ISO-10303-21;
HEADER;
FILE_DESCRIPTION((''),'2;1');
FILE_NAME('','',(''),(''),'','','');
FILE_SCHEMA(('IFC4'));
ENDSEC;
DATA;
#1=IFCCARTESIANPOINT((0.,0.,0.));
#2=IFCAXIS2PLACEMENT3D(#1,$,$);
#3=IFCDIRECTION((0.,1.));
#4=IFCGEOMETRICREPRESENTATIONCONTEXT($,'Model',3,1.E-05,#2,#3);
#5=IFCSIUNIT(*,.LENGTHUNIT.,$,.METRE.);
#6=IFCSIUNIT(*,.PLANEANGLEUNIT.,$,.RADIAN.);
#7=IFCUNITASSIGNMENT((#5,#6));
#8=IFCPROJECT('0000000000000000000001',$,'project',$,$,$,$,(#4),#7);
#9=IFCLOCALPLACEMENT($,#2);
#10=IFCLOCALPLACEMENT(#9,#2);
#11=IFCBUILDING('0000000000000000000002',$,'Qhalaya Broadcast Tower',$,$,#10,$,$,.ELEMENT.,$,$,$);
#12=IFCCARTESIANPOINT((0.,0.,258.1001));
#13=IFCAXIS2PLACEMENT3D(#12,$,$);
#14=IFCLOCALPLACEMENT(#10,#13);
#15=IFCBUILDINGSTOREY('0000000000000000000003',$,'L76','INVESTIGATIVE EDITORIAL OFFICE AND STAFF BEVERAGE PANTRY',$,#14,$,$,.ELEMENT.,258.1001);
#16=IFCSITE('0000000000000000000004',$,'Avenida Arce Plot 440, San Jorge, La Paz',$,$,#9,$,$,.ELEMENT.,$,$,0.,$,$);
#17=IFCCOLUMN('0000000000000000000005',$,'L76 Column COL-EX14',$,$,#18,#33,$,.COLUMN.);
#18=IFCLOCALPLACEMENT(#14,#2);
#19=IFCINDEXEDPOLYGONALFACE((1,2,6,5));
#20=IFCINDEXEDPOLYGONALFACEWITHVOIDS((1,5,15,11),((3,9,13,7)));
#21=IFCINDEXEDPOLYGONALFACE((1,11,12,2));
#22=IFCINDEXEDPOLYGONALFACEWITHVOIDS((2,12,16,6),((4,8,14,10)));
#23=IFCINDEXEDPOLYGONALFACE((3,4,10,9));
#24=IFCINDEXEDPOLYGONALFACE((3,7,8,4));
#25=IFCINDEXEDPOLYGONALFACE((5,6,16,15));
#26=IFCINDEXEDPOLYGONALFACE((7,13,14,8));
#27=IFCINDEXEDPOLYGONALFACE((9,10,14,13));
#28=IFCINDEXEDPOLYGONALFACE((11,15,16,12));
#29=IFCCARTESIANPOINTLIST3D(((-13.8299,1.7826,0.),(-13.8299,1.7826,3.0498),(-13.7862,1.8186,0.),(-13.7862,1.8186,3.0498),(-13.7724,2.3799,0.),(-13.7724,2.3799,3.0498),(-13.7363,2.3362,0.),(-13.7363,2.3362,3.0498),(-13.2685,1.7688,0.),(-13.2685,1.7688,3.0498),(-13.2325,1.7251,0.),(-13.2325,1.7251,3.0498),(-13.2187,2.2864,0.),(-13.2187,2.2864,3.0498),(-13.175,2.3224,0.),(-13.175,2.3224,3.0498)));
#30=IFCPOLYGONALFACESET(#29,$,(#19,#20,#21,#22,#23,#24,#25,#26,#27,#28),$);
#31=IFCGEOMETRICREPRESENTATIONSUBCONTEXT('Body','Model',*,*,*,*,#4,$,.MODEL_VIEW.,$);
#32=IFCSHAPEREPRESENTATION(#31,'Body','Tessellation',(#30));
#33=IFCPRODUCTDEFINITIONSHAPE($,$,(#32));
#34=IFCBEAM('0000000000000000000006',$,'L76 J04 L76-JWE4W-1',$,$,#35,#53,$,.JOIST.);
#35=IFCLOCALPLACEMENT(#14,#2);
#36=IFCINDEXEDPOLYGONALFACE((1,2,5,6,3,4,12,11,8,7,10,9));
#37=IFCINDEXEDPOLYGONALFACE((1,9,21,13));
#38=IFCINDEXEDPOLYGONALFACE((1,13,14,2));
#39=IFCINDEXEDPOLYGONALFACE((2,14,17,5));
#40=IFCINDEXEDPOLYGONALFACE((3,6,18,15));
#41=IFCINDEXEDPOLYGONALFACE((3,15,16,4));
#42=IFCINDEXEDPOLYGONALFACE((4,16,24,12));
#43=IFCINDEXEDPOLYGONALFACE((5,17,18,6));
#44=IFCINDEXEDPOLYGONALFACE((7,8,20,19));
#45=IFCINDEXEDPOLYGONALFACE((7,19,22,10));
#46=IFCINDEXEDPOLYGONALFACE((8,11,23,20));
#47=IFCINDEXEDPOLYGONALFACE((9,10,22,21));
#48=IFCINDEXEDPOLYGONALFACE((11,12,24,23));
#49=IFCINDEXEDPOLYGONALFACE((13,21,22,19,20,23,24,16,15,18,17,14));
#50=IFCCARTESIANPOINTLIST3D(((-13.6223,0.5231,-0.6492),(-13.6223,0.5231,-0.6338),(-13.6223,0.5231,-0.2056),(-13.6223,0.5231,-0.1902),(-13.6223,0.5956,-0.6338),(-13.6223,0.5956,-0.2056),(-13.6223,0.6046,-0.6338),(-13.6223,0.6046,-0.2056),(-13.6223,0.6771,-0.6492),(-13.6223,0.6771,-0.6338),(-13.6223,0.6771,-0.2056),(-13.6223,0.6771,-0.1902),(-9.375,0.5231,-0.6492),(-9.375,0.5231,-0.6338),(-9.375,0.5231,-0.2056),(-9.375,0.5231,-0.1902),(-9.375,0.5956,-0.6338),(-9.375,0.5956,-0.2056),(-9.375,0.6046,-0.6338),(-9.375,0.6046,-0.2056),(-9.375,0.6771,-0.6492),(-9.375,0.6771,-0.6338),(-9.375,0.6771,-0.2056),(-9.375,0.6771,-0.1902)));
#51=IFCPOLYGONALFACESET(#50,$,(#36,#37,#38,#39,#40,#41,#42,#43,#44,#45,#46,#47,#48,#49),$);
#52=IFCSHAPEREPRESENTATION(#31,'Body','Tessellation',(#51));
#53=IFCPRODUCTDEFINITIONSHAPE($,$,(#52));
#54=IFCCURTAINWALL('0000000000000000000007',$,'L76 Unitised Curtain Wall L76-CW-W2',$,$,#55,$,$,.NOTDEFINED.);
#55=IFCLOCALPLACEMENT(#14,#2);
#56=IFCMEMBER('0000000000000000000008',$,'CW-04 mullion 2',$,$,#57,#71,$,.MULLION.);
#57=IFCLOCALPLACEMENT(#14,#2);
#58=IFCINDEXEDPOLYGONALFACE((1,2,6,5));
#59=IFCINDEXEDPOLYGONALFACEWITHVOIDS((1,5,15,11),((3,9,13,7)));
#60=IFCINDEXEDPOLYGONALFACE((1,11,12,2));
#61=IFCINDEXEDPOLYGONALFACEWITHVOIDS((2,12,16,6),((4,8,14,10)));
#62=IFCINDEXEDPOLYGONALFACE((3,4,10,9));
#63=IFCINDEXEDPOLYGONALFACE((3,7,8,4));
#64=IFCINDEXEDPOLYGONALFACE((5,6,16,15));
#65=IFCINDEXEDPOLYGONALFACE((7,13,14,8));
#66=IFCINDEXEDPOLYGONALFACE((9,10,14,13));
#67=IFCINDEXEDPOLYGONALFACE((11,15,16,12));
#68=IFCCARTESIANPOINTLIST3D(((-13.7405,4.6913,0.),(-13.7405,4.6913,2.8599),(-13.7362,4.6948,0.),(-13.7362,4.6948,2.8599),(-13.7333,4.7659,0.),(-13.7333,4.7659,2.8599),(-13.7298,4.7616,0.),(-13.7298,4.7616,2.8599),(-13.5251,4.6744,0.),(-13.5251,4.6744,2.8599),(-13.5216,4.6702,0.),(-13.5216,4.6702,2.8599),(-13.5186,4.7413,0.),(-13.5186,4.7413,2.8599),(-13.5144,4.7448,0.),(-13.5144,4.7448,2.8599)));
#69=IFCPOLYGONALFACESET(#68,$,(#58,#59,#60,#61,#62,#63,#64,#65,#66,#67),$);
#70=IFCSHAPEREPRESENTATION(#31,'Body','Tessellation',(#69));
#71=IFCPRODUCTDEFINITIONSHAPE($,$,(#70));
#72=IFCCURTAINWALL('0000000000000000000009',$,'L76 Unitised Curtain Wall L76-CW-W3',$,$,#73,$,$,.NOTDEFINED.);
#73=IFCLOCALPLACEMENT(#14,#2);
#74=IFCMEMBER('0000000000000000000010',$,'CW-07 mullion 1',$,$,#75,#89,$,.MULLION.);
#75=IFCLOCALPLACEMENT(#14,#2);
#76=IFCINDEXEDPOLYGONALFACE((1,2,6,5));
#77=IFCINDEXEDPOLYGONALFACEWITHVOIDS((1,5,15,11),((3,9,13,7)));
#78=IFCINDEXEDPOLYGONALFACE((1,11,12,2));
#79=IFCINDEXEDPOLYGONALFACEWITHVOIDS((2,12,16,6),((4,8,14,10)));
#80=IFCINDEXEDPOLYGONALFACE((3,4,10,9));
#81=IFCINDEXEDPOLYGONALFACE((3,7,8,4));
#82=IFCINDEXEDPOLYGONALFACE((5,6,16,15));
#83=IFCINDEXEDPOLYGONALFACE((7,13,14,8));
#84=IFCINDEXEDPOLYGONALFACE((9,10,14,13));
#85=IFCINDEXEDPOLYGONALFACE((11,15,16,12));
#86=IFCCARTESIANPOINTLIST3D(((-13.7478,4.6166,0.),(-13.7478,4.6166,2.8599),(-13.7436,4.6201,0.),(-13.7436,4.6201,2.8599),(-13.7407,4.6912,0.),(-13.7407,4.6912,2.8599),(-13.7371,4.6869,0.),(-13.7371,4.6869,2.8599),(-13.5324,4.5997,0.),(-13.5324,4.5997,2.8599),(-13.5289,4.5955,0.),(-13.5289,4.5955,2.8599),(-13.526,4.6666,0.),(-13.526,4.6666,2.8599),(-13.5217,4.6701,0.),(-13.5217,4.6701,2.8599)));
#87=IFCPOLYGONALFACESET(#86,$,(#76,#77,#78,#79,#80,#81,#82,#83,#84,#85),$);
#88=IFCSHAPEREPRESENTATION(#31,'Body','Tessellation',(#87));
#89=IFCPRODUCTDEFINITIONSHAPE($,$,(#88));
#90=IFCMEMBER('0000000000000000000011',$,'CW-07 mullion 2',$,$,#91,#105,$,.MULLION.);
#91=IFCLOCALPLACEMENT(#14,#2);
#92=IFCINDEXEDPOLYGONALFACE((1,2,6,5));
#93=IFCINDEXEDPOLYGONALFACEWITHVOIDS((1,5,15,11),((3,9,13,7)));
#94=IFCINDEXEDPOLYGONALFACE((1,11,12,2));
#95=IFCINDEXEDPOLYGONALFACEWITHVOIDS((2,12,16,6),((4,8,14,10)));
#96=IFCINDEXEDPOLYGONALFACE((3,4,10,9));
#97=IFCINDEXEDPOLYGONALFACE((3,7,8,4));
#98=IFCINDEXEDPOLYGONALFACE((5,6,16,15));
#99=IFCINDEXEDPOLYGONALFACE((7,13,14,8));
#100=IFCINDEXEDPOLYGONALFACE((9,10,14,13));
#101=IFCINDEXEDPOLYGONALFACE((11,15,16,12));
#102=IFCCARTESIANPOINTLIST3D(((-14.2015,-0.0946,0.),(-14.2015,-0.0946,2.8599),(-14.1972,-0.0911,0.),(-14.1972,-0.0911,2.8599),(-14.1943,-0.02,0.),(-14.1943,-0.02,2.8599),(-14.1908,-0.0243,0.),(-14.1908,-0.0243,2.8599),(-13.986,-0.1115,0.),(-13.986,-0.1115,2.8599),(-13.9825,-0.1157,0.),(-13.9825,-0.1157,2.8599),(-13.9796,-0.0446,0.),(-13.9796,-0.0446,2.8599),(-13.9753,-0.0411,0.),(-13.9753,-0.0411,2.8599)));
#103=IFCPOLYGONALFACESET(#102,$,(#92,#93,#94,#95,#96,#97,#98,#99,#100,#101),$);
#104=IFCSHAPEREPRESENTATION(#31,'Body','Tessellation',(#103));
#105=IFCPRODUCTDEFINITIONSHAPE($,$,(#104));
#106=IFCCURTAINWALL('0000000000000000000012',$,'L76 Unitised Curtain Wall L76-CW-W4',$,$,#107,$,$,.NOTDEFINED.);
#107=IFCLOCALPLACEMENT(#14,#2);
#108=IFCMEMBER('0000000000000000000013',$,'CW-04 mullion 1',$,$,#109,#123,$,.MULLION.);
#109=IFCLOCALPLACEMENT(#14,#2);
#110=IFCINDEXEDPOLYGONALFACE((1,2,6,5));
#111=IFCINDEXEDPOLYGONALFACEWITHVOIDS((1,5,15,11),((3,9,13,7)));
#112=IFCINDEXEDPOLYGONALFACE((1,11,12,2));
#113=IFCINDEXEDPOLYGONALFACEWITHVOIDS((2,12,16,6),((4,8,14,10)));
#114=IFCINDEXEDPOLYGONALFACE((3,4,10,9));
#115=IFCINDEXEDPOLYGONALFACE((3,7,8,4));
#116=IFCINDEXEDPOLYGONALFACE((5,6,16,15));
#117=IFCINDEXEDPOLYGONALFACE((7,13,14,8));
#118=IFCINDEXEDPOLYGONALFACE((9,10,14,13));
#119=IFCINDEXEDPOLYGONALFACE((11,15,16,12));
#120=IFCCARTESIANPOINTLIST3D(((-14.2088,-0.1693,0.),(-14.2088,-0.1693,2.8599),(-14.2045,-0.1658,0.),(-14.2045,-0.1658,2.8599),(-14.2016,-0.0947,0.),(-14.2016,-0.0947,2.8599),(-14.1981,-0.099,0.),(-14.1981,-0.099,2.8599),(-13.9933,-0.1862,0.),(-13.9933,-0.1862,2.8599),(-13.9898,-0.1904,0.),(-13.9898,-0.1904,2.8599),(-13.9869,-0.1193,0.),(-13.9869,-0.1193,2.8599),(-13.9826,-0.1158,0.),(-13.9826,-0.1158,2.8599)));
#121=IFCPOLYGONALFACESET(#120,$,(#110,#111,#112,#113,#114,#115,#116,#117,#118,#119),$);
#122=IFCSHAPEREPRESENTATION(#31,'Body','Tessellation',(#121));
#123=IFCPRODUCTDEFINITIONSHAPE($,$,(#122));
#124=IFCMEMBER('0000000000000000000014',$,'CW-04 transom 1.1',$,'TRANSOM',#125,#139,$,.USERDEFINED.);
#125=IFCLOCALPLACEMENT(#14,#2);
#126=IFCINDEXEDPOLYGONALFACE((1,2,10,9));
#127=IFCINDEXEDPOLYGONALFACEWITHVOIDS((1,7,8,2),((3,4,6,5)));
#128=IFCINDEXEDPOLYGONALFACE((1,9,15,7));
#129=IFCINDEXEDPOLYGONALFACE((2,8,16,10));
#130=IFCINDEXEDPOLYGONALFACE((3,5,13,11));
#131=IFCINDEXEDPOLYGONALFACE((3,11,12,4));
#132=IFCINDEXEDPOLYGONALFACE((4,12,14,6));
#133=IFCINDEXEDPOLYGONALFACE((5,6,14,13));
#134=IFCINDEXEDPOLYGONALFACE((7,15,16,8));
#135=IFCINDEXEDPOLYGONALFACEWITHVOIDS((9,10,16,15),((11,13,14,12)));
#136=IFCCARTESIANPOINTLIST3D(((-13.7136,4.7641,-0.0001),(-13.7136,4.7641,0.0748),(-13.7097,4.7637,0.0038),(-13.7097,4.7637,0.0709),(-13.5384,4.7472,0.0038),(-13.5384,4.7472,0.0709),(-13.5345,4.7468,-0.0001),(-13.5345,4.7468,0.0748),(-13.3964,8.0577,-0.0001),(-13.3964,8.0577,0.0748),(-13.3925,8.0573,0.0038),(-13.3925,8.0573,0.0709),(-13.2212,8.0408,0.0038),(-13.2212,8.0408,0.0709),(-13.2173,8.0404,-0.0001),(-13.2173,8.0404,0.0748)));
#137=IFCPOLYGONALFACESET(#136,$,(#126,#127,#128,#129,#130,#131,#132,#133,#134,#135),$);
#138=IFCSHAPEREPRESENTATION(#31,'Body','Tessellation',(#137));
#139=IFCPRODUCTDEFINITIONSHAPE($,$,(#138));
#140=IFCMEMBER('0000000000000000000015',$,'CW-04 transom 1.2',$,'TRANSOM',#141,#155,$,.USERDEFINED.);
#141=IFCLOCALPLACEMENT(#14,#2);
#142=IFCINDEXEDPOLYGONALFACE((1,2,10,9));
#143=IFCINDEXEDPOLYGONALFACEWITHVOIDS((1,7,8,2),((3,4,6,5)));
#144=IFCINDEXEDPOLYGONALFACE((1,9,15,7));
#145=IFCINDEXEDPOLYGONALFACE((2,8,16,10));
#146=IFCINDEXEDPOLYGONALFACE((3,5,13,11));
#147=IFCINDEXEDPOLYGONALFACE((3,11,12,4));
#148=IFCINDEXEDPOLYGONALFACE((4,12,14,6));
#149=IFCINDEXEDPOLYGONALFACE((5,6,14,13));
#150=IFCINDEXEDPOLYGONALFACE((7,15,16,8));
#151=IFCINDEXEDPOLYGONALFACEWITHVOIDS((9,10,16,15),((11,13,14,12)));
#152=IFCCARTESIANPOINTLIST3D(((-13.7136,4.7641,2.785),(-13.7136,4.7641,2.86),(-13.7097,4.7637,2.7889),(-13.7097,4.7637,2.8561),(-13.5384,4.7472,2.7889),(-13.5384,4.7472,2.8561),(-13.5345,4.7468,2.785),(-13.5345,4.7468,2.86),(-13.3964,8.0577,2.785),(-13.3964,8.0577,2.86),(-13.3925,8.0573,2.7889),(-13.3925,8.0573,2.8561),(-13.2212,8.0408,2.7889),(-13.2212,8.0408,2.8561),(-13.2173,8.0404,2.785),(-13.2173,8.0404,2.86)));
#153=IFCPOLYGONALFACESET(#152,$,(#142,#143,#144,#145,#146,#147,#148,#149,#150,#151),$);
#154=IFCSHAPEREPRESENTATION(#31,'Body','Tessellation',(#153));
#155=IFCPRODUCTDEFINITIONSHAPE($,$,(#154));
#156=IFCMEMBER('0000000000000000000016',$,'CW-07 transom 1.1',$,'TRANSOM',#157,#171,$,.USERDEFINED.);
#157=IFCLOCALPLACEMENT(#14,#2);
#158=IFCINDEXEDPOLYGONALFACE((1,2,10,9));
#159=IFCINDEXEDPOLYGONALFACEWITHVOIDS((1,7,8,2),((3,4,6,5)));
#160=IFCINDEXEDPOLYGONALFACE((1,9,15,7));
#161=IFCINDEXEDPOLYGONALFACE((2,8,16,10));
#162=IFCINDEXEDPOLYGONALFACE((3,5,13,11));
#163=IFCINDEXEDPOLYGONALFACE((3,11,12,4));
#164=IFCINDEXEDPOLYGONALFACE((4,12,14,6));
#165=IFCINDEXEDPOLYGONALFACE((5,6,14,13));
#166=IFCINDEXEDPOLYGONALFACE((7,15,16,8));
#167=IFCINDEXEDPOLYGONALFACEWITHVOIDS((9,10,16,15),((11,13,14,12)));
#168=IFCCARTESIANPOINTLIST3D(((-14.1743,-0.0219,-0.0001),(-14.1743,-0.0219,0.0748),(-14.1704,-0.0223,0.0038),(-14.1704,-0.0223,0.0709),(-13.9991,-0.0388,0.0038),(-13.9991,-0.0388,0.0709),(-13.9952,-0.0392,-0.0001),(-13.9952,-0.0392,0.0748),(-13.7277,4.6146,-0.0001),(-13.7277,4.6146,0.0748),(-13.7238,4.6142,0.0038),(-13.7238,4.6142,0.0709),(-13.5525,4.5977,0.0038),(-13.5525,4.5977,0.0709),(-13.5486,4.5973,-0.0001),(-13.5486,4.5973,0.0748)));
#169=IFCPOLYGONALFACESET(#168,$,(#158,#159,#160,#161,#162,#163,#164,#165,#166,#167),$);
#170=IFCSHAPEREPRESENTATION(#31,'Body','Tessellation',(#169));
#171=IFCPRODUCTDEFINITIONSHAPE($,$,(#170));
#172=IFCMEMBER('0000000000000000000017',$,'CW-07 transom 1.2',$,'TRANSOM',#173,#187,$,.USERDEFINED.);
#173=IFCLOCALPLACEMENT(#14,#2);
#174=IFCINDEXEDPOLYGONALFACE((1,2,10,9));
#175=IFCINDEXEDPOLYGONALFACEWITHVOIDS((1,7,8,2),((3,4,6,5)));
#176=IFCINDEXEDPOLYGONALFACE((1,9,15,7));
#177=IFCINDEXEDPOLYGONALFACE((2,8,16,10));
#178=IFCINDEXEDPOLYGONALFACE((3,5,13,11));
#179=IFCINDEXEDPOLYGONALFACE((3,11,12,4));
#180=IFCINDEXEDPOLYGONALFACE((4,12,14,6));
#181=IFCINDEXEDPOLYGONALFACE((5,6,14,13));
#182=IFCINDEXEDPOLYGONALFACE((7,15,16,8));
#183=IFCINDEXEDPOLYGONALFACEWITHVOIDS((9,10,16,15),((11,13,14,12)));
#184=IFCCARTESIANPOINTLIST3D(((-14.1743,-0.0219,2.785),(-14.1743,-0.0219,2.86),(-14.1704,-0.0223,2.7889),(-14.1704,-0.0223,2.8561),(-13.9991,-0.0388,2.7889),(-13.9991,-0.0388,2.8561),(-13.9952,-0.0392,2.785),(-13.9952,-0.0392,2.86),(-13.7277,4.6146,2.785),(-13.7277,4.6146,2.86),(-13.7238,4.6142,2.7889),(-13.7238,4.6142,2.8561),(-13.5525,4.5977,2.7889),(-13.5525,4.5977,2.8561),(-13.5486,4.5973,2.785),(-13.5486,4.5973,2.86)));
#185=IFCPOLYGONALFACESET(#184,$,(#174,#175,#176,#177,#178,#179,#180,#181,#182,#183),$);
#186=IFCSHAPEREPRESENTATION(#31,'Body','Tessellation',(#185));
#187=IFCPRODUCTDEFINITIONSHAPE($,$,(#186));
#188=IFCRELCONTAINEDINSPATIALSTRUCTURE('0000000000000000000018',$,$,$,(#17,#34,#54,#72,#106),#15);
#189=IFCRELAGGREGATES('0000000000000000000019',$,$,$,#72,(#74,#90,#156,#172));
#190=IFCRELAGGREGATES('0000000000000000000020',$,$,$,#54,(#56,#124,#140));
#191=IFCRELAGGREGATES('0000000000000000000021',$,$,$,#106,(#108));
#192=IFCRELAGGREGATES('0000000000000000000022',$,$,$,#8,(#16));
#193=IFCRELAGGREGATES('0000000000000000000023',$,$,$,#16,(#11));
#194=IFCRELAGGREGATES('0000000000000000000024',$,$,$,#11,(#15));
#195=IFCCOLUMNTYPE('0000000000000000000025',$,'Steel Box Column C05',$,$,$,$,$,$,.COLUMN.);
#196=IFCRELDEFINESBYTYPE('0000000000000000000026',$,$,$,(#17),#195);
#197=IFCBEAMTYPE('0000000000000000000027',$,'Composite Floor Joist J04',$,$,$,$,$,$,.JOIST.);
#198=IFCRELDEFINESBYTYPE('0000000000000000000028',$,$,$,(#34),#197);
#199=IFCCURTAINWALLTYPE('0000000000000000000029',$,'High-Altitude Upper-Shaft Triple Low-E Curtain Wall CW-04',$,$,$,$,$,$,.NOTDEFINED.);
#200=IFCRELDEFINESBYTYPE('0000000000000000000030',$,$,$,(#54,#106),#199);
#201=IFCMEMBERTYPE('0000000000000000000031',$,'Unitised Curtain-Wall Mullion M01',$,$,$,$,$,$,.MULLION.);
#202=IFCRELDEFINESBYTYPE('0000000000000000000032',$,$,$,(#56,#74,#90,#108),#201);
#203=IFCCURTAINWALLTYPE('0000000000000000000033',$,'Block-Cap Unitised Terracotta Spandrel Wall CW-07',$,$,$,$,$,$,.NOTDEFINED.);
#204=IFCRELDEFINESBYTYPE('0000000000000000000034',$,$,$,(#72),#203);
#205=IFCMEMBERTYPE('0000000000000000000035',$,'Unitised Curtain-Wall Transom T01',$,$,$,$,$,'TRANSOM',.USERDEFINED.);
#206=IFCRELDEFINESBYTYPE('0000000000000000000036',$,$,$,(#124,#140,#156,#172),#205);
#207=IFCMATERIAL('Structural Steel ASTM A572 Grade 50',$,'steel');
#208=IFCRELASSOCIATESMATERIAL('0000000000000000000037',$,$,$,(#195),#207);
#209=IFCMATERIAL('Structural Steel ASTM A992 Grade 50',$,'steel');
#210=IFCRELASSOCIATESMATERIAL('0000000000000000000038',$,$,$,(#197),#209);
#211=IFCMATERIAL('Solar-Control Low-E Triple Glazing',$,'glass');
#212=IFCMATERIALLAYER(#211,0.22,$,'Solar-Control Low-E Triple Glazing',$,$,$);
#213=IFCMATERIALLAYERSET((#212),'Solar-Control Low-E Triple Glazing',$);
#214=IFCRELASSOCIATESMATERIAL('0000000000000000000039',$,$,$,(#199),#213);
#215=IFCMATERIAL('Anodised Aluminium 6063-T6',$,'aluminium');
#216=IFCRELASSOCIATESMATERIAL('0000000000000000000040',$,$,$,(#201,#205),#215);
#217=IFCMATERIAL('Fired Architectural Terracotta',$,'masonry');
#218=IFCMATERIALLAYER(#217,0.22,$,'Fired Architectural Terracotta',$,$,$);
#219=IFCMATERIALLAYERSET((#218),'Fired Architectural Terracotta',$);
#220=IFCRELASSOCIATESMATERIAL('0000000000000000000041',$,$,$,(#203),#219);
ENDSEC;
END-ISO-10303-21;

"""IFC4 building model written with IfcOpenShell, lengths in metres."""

from ifc_helpers import new_model, si_unit, direction, frame, origin, origin_2d, place, context, subcontext, project, spatial, hollow_rectangle, i_section, extrude, material, layer, layer_set, material_profile, profile_set, type_object, element, aggregate, save


model = new_model("IFC4")

# Units and contexts
model_context = context("Model", 3, precision=1e-05, world=origin(), true_north=direction((0.0, 1.0)))
body_context = subcontext(model_context, "Body", "Model", "MODEL_VIEW")
ifc_project = project(units=[si_unit("LENGTHUNIT", "METRE"), si_unit("PLANEANGLEUNIT", "RADIAN")], contexts=[model_context])

# Site, building, storey
site_placement = place(None, origin())
site = spatial("IfcSite", under=ifc_project, at=site_placement, Name="Avenida Arce Plot 440, San Jorge, La Paz", CompositionType="ELEMENT", RefElevation=0.0)
building_placement = place(site_placement, origin())
building = spatial("IfcBuilding", under=site, at=building_placement, Name="Qhalaya Broadcast Tower", CompositionType="ELEMENT")
storey_placement = place(building_placement, frame((0.0, 0.0, 258.1001)))
storey = spatial("IfcBuildingStorey", under=building, at=storey_placement, Name="L76", Description="INVESTIGATIVE EDITORIAL OFFICE AND STAFF BEVERAGE PANTRY", CompositionType="ELEMENT", Elevation=258.1001)

# Column
ifc_material_1 = material(Name="Structural Steel ASTM A572 Grade 50", Category="steel")
ifc_material_profile_1 = material_profile(ifc_material_1, hollow_rectangle(XDim=0.6001, YDim=0.6001, WallThickness=0.04, at=origin_2d()), Name="BOX 600x600x40")
ifc_profile_set_1 = profile_set([ifc_material_profile_1], Name="Structural Steel ASTM A572 Grade 50")
column_type = type_object("IfcColumnType", Name="Steel Box Column C05", PredefinedType="COLUMN", material=ifc_profile_set_1)
column_placement = place(storey_placement, frame((-13.5024, 2.0525, 0.0), z_axis=(0.0, 0.0, 1.0), x_axis=(0.095846, 0.995396, 0.0)))
element("IfcColumn", 1, at=column_placement, inside=storey, type_object=column_type, Name="L76 Column COL-EX14", PredefinedType="COLUMN", context=body_context, shape_type="SweptSolid", body=[
    extrude(hollow_rectangle(XDim=0.6001, YDim=0.6001, WallThickness=0.04, at=origin_2d()), origin(), (0.0, 0.0, 1.0), 3.0498),
])

# Beam
ifc_material_2 = material(Name="Structural Steel ASTM A992 Grade 50", Category="steel")
ifc_material_profile_2 = material_profile(ifc_material_2, i_section(OverallWidth=0.1541, OverallDepth=0.459, WebThickness=0.009, FlangeThickness=0.0154, at=origin_2d()), Name="W18X46")
ifc_profile_set_2 = profile_set([ifc_material_profile_2], Name="Structural Steel ASTM A992 Grade 50")
beam_type_1 = type_object("IfcBeamType", Name="Composite Floor Joist J04", PredefinedType="JOIST", material=ifc_profile_set_2)
beam_1_placement = place(storey_placement, frame((-13.6223, 0.6001, -0.4197), z_axis=(1.0, 0.0, 0.0), x_axis=(0.0, 1.0, 0.0)))
element("IfcBeam", 2, at=beam_1_placement, inside=storey, type_object=beam_type_1, Name="L76 J04 L76-JWE4W-1", PredefinedType="JOIST", context=body_context, shape_type="SweptSolid", body=[
    extrude(i_section(OverallWidth=0.1541, OverallDepth=0.459, WebThickness=0.009, FlangeThickness=0.0154, at=origin_2d()), origin(), (0.0, 0.0, 1.0), 4.2473),
])

# Curtain wall, member
ifc_material_3 = material(Name="Solar-Control Low-E Triple Glazing", Category="glass")
ifc_layer_1 = layer(ifc_material_3, 0.22, Name="Solar-Control Low-E Triple Glazing")
ifc_layer_set_1 = layer_set([ifc_layer_1], Name="Solar-Control Low-E Triple Glazing")
curtain_wall_type_1 = type_object("IfcCurtainWallType", Name="High-Altitude Upper-Shaft Triple Low-E Curtain Wall CW-04", PredefinedType="NOTDEFINED", material=ifc_layer_set_1)
curtain_wall_1_placement = place(storey_placement, origin())
curtain_wall_1 = element("IfcCurtainWall", 3, at=curtain_wall_1_placement, inside=storey, type_object=curtain_wall_type_1, Name="L76 Unitised Curtain Wall L76-CW-W2", PredefinedType="NOTDEFINED")
ifc_material_4 = material(Name="Anodised Aluminium 6063-T6", Category="aluminium")
ifc_material_profile_3 = material_profile(ifc_material_4, hollow_rectangle(XDim=0.075, YDim=0.22, WallThickness=0.0039, at=origin_2d()), Name="ALU-MUL 75x220x4")
ifc_profile_set_3 = profile_set([ifc_material_profile_3], Name="Anodised Aluminium 6063-T6")
member_type_1 = type_object("IfcMemberType", Name="Unitised Curtain-Wall Mullion M01", PredefinedType="MULLION", material=ifc_profile_set_3)
member_1_placement = place(storey_placement, frame((-13.6274, 4.718, 0.0), z_axis=(0.0, 0.0, 1.0), x_axis=(-0.095836, -0.995397, 0.0)))
member_1 = element("IfcMember", 4, at=member_1_placement, type_object=member_type_1, Name="CW-04 mullion 2", PredefinedType="MULLION", context=body_context, shape_type="SweptSolid", body=[
    extrude(hollow_rectangle(XDim=0.075, YDim=0.22, WallThickness=0.0039, at=origin_2d()), origin(), (0.0, 0.0, 1.0), 2.8599),
])

# Curtain wall, members
ifc_material_5 = material(Name="Fired Architectural Terracotta", Category="masonry")
ifc_layer_2 = layer(ifc_material_5, 0.22, Name="Fired Architectural Terracotta")
ifc_layer_set_2 = layer_set([ifc_layer_2], Name="Fired Architectural Terracotta")
curtain_wall_type_2 = type_object("IfcCurtainWallType", Name="Block-Cap Unitised Terracotta Spandrel Wall CW-07", PredefinedType="NOTDEFINED", material=ifc_layer_set_2)
curtain_wall_2_placement = place(storey_placement, origin())
curtain_wall_2 = element("IfcCurtainWall", 5, at=curtain_wall_2_placement, inside=storey, type_object=curtain_wall_type_2, Name="L76 Unitised Curtain Wall L76-CW-W3", PredefinedType="NOTDEFINED")
member_2_placement = place(storey_placement, frame((-13.6348, 4.6433, 0.0), z_axis=(0.0, 0.0, 1.0), x_axis=(-0.095862, -0.995395, 0.0)))
member_2 = element("IfcMember", 6, at=member_2_placement, type_object=member_type_1, Name="CW-07 mullion 1", PredefinedType="MULLION", context=body_context, shape_type="SweptSolid", body=[
    extrude(hollow_rectangle(XDim=0.075, YDim=0.22, WallThickness=0.0039, at=origin_2d()), origin(), (0.0, 0.0, 1.0), 2.8599),
])
member_3_placement = place(storey_placement, frame((-14.0884, -0.0679, 0.0), z_axis=(0.0, 0.0, 1.0), x_axis=(-0.095862, -0.995395, 0.0)))
member_3 = element("IfcMember", 7, at=member_3_placement, type_object=member_type_1, Name="CW-07 mullion 2", PredefinedType="MULLION", context=body_context, shape_type="SweptSolid", body=[
    extrude(hollow_rectangle(XDim=0.075, YDim=0.22, WallThickness=0.0039, at=origin_2d()), origin(), (0.0, 0.0, 1.0), 2.8599),
])

# Curtain wall, member
curtain_wall_3_placement = place(storey_placement, origin())
curtain_wall_3 = element("IfcCurtainWall", 8, at=curtain_wall_3_placement, inside=storey, type_object=curtain_wall_type_1, Name="L76 Unitised Curtain Wall L76-CW-W4", PredefinedType="NOTDEFINED")
member_4_placement = place(storey_placement, frame((-14.0957, -0.1426, 0.0), z_axis=(0.0, 0.0, 1.0), x_axis=(-0.095835, -0.995397, 0.0)))
member_4 = element("IfcMember", 9, at=member_4_placement, type_object=member_type_1, Name="CW-04 mullion 1", PredefinedType="MULLION", context=body_context, shape_type="SweptSolid", body=[
    extrude(hollow_rectangle(XDim=0.075, YDim=0.22, WallThickness=0.0039, at=origin_2d()), origin(), (0.0, 0.0, 1.0), 2.8599),
])

# Members
ifc_material_profile_4 = material_profile(ifc_material_4, hollow_rectangle(XDim=0.075, YDim=0.1799, WallThickness=0.0039, at=origin_2d()), Name="ALU-TRN 75x180x4")
ifc_profile_set_4 = profile_set([ifc_material_profile_4], Name="Anodised Aluminium 6063-T6")
member_type_2 = type_object("IfcMemberType", Name="Unitised Curtain-Wall Transom T01", ElementType="TRANSOM", PredefinedType="USERDEFINED", material=ifc_profile_set_4)
member_5_placement = place(storey_placement, frame((-13.3069, 8.0491, 0.0374), z_axis=(-0.095843, -0.995396, 0.0), x_axis=(0.0, 0.0, 1.0)))
member_5 = element("IfcMember", 10, at=member_5_placement, type_object=member_type_2, Name="CW-04 transom 1.1", ObjectType="TRANSOM", PredefinedType="USERDEFINED", context=body_context, shape_type="SweptSolid", body=[
    extrude(hollow_rectangle(XDim=0.075, YDim=0.1799, WallThickness=0.0039, at=origin_2d()), origin(), (0.0, 0.0, 1.0), 3.3088),
])
member_6_placement = place(storey_placement, frame((-13.3069, 8.0491, 2.8225), z_axis=(-0.095843, -0.995396, 0.0), x_axis=(0.0, 0.0, 1.0)))
member_6 = element("IfcMember", 11, at=member_6_placement, type_object=member_type_2, Name="CW-04 transom 1.2", ObjectType="TRANSOM", PredefinedType="USERDEFINED", context=body_context, shape_type="SweptSolid", body=[
    extrude(hollow_rectangle(XDim=0.075, YDim=0.1799, WallThickness=0.0039, at=origin_2d()), origin(), (0.0, 0.0, 1.0), 3.3088),
])
member_7_placement = place(storey_placement, frame((-13.6382, 4.606, 0.0374), z_axis=(-0.095865, -0.995394, 0.0), x_axis=(0.0, 0.0, 1.0)))
member_7 = element("IfcMember", 12, at=member_7_placement, type_object=member_type_2, Name="CW-07 transom 1.1", ObjectType="TRANSOM", PredefinedType="USERDEFINED", context=body_context, shape_type="SweptSolid", body=[
    extrude(hollow_rectangle(XDim=0.075, YDim=0.1799, WallThickness=0.0039, at=origin_2d()), origin(), (0.0, 0.0, 1.0), 4.658),
])
member_8_placement = place(storey_placement, frame((-13.6382, 4.606, 2.8225), z_axis=(-0.095865, -0.995394, 0.0), x_axis=(0.0, 0.0, 1.0)))
member_8 = element("IfcMember", 13, at=member_8_placement, type_object=member_type_2, Name="CW-07 transom 1.2", ObjectType="TRANSOM", PredefinedType="USERDEFINED", context=body_context, shape_type="SweptSolid", body=[
    extrude(hollow_rectangle(XDim=0.075, YDim=0.1799, WallThickness=0.0039, at=origin_2d()), origin(), (0.0, 0.0, 1.0), 4.658),
])

aggregate(curtain_wall_2, [member_2, member_3, member_7, member_8])
aggregate(curtain_wall_1, [member_1, member_5, member_6])
aggregate(curtain_wall_3, [member_4])

save(model, "model.ifc")
